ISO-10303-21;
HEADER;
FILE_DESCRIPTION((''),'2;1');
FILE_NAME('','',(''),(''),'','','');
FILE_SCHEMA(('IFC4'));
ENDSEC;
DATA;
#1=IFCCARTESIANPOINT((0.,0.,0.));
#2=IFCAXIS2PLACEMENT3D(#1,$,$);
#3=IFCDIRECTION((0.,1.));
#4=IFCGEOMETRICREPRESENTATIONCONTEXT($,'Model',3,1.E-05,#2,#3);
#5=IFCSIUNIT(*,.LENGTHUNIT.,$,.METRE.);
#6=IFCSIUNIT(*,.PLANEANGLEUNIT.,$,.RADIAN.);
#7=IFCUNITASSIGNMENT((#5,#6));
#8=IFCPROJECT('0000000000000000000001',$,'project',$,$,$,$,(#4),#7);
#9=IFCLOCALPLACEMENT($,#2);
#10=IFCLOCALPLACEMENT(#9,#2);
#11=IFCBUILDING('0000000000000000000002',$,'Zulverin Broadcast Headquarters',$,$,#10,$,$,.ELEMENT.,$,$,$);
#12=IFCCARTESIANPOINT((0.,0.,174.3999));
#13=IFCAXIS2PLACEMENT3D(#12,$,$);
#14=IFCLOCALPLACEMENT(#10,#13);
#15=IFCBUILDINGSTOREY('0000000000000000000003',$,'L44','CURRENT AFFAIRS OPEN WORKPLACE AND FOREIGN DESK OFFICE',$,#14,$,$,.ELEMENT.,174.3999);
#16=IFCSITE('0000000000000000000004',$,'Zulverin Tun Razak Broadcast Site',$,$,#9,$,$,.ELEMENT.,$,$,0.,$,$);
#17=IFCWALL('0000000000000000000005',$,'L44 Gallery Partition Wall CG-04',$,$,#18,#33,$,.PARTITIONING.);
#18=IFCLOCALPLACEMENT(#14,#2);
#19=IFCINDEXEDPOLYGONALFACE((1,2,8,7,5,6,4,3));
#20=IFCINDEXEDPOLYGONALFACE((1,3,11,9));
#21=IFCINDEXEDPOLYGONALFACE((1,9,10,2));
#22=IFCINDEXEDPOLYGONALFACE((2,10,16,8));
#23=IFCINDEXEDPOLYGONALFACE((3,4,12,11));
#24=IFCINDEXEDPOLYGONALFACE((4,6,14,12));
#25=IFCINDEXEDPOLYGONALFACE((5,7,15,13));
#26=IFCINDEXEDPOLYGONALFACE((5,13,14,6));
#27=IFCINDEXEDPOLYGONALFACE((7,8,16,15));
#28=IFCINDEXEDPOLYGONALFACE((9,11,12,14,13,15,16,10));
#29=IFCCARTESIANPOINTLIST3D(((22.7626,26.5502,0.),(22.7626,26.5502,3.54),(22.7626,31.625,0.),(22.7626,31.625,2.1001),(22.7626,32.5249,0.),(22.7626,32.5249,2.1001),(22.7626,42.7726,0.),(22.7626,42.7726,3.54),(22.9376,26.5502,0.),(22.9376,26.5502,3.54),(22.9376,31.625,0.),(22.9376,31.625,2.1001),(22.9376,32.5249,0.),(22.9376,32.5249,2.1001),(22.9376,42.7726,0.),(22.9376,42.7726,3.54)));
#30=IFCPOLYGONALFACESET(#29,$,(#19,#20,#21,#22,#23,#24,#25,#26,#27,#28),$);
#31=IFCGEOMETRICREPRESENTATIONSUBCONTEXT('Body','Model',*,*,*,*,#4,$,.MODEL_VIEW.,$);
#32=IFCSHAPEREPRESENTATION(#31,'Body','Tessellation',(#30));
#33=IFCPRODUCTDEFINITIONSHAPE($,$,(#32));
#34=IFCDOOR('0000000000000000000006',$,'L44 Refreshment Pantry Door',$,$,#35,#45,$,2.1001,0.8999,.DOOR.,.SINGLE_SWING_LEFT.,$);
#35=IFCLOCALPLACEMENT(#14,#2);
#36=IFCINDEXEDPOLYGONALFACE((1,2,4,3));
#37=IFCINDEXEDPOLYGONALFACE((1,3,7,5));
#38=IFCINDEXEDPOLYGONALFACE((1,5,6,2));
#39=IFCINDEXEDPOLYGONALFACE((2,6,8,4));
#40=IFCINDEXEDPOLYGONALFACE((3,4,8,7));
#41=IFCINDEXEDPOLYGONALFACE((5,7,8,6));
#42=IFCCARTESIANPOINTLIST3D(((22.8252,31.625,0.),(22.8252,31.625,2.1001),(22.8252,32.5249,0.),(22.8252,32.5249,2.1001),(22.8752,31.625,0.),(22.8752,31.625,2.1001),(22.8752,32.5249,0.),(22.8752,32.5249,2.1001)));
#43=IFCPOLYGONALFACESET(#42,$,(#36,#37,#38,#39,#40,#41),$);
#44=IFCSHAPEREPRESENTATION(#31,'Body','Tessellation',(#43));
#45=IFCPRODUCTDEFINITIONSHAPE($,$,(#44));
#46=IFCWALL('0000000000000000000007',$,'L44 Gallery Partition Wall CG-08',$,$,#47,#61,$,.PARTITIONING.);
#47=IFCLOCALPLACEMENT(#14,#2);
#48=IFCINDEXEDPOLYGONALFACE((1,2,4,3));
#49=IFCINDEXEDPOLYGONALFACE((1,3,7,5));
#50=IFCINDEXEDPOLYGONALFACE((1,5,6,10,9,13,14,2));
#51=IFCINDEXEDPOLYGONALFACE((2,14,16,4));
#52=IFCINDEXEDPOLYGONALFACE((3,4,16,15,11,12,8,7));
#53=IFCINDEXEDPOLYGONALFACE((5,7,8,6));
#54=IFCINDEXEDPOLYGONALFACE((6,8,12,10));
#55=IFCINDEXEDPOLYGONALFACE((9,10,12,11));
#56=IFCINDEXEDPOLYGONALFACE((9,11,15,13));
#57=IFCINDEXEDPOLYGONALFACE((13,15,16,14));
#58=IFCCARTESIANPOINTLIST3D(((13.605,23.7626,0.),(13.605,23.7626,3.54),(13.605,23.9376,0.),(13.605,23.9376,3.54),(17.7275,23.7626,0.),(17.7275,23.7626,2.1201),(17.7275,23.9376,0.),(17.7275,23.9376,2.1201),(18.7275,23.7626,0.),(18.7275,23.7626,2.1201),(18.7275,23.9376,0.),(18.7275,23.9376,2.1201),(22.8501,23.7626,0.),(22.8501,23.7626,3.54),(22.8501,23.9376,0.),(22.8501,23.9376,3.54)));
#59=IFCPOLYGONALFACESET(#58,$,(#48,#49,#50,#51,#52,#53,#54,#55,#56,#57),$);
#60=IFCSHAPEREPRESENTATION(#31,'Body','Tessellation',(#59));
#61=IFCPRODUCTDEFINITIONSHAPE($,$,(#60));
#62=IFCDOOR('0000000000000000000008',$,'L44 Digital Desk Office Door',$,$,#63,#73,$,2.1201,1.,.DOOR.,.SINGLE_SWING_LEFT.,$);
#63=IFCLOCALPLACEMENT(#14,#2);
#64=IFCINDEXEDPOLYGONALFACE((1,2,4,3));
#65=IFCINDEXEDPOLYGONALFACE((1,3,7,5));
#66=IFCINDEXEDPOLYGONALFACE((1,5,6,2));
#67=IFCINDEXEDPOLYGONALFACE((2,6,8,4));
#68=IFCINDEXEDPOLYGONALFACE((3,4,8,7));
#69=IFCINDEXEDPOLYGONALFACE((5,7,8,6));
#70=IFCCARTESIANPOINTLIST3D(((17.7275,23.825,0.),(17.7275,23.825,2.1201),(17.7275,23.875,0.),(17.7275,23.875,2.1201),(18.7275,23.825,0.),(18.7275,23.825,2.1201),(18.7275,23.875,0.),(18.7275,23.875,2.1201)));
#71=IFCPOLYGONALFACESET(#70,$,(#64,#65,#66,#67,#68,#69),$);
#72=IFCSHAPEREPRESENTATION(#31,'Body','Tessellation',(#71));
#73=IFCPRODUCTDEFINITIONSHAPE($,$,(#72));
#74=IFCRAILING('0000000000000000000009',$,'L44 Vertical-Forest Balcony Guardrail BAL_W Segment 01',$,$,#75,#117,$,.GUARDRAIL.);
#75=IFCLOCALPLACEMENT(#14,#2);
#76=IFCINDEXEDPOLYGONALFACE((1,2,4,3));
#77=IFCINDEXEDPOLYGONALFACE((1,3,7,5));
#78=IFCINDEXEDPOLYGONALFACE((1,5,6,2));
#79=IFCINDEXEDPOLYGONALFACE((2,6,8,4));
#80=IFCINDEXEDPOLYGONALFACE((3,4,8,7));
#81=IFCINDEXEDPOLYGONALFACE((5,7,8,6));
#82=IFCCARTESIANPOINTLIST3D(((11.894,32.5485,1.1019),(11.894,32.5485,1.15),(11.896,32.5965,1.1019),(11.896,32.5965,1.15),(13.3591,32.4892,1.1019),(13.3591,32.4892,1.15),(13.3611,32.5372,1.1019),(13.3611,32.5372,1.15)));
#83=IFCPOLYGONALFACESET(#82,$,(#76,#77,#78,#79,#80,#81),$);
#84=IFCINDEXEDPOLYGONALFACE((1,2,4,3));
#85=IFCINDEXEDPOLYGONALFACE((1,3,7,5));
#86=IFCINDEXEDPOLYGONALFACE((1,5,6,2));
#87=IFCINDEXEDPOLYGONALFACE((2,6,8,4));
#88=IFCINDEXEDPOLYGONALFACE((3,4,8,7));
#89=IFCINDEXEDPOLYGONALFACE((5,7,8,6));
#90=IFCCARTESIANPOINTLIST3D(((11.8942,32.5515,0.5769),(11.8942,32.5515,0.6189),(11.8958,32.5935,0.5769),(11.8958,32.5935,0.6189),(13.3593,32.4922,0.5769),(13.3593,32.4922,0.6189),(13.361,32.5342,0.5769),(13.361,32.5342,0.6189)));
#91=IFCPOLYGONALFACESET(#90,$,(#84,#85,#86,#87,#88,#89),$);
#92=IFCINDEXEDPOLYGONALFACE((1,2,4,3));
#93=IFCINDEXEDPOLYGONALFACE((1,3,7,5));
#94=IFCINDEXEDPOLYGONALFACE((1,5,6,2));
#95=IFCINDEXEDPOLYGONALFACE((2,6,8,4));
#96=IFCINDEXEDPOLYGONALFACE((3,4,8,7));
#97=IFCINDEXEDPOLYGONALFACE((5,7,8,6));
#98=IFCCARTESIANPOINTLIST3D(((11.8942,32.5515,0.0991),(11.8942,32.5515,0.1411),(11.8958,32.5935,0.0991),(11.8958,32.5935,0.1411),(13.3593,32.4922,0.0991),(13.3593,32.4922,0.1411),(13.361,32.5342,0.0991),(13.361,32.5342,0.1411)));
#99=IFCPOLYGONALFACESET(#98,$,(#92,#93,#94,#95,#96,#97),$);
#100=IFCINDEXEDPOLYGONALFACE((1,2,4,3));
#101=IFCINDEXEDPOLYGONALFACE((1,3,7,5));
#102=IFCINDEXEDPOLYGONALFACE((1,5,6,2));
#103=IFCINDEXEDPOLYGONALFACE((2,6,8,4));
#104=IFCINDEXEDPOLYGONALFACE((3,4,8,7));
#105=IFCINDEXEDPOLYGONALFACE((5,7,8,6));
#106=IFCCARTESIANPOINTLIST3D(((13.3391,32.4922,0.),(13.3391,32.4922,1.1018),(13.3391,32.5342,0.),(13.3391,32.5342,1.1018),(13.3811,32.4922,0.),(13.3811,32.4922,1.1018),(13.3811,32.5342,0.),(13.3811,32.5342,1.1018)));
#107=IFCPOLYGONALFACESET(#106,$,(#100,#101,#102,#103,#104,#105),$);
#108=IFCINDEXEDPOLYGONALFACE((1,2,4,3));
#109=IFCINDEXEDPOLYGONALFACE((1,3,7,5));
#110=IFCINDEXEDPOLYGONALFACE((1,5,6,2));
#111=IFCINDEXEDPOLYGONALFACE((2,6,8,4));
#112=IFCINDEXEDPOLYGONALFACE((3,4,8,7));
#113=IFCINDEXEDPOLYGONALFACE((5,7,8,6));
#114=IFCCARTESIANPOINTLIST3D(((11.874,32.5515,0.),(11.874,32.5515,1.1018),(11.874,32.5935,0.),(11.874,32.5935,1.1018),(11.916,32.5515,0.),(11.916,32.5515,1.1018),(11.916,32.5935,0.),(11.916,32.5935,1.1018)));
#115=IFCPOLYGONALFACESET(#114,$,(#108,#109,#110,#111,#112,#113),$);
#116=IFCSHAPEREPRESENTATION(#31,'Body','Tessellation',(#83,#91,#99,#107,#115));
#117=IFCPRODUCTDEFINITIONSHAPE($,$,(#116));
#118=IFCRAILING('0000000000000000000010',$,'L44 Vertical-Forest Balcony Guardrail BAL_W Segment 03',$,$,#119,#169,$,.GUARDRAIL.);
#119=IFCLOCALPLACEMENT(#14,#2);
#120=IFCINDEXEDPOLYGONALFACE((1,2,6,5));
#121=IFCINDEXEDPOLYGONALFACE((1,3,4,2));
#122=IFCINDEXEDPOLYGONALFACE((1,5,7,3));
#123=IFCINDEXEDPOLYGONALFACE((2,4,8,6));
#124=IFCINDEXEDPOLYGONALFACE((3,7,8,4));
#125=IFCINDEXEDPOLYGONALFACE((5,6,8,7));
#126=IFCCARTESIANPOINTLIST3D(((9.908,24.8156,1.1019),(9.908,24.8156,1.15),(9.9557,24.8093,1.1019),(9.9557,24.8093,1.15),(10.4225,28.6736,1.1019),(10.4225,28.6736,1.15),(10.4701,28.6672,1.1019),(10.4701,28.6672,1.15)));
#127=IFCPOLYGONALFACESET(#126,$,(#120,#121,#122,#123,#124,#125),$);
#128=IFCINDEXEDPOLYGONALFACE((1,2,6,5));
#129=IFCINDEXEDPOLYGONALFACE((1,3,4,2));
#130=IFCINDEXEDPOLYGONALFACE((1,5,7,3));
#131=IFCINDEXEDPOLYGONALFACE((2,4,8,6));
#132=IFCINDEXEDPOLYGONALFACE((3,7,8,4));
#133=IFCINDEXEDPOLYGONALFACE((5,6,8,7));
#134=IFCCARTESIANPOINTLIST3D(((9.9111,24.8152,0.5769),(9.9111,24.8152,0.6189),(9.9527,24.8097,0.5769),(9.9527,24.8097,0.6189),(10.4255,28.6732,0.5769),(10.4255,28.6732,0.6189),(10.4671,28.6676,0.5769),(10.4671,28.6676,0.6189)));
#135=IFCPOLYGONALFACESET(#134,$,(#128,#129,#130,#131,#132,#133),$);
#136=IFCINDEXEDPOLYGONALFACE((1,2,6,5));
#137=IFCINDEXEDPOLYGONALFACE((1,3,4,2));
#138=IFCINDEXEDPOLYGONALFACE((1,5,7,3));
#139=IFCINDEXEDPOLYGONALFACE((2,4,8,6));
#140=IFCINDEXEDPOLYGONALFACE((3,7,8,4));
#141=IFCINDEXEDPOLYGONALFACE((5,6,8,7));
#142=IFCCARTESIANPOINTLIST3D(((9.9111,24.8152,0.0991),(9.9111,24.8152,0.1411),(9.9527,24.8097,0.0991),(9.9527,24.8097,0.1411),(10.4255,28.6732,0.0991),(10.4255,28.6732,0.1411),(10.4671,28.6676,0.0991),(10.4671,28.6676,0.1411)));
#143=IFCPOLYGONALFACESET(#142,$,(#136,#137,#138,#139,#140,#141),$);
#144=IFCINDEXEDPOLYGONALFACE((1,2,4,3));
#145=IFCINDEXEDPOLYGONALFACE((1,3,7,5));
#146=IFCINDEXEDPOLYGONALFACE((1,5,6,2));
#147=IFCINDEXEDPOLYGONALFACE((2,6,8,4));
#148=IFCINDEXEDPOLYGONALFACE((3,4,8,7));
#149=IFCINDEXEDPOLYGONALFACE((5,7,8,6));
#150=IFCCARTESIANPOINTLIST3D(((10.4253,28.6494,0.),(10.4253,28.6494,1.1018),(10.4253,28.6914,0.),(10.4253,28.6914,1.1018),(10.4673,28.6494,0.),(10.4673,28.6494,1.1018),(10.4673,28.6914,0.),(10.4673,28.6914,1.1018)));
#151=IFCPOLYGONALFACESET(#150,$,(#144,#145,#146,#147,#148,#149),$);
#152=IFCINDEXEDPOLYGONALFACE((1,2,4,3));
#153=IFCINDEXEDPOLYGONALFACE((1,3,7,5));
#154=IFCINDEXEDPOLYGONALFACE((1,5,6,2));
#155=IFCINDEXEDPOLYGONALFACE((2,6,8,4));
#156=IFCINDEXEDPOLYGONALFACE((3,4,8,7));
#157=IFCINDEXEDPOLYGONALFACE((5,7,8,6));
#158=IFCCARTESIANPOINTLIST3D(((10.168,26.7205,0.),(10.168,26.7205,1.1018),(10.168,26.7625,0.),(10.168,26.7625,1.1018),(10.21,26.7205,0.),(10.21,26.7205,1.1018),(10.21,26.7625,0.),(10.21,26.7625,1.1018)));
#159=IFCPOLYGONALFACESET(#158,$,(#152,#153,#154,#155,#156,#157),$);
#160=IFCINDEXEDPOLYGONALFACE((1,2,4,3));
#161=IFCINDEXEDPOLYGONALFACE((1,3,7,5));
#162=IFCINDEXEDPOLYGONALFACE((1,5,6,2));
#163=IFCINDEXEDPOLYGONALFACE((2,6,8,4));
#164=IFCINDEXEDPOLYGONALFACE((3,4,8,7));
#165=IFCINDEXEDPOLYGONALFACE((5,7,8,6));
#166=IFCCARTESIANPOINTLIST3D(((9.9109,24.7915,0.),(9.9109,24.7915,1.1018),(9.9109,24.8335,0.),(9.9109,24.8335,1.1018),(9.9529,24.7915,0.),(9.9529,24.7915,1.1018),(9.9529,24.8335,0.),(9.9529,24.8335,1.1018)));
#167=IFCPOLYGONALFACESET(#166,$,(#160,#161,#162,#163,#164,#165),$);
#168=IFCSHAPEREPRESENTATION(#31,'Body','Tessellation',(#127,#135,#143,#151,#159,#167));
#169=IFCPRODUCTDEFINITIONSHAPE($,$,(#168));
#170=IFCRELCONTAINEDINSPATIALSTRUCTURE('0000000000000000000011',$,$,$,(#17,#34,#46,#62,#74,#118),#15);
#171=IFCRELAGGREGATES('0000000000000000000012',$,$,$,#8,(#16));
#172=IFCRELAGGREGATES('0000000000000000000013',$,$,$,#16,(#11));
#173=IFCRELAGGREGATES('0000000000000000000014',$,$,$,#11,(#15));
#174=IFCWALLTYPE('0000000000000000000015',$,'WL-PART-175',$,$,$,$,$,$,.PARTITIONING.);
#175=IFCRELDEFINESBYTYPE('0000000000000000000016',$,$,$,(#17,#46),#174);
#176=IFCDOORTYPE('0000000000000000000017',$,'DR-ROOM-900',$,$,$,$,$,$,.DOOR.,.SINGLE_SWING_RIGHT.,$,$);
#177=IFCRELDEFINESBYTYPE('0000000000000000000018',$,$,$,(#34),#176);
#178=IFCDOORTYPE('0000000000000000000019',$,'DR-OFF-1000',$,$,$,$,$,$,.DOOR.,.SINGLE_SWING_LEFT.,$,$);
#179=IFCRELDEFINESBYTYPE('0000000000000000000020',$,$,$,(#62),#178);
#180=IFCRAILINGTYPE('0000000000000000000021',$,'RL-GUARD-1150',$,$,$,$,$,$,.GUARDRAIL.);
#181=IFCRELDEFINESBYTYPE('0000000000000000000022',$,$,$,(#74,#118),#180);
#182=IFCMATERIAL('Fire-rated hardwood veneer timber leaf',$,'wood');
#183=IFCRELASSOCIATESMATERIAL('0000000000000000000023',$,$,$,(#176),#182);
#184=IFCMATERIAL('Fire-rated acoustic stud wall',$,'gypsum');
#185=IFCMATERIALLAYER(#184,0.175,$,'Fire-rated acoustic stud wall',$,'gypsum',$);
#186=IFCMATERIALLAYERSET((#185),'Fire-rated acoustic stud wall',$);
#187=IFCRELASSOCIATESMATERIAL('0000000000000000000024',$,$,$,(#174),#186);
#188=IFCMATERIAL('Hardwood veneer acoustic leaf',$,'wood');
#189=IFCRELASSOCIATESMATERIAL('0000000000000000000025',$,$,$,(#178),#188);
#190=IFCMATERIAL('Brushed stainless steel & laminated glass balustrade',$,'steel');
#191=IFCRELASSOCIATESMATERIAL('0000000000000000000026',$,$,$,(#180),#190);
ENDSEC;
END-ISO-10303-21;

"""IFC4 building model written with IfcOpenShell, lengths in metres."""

from ifc_helpers import new_model, si_unit, direction, frame, frame_2d, origin, origin_2d, place, context, subcontext, project, spatial, rectangle, extrude, material, layer, layer_set, type_object, element, fill, save


model = new_model("IFC4")

# Units and contexts
model_context = context("Model", 3, precision=1e-05, world=origin(), true_north=direction((0.0, 1.0)))
body_context = subcontext(model_context, "Body", "Model", "MODEL_VIEW")
ifc_project = project(units=[si_unit("LENGTHUNIT", "METRE"), si_unit("PLANEANGLEUNIT", "RADIAN")], contexts=[model_context])

# Site, building, storey
site_placement = place(None, origin())
site = spatial("IfcSite", under=ifc_project, at=site_placement, Name="Zulverin Tun Razak Broadcast Site", CompositionType="ELEMENT", RefElevation=0.0)
building_placement = place(site_placement, origin())
building = spatial("IfcBuilding", under=site, at=building_placement, Name="Zulverin Broadcast Headquarters", CompositionType="ELEMENT")
storey_placement = place(building_placement, frame((0.0, 0.0, 174.3999)))
storey = spatial("IfcBuildingStorey", under=building, at=storey_placement, Name="L44", Description="CURRENT AFFAIRS OPEN WORKPLACE AND FOREIGN DESK OFFICE", CompositionType="ELEMENT", Elevation=174.3999)

# Walls, openings, doors
ifc_material_1 = material(Name="Fire-rated hardwood veneer timber leaf", Category="wood")
door_type_1 = type_object("IfcDoorType", Name="DR-ROOM-900", OperationType="SINGLE_SWING_RIGHT", PredefinedType="DOOR", material=ifc_material_1)
ifc_material_2 = material(Name="Fire-rated acoustic stud wall", Category="gypsum")
ifc_layer_1 = layer(ifc_material_2, 0.175, Name="Fire-rated acoustic stud wall", Category="gypsum")
ifc_layer_set_1 = layer_set([ifc_layer_1], Name="Fire-rated acoustic stud wall")
wall_type_1 = type_object("IfcWallType", Name="WL-PART-175", PredefinedType="PARTITIONING", material=ifc_layer_set_1)
wall_1_placement = place(storey_placement, frame((22.8501, 26.55, 0.0), z_axis=(0.0, 0.0, 1.0), x_axis=(0.0, 1.0, 0.0)))
wall_1 = element("IfcWall", 1, at=wall_1_placement, inside=storey, type_object=wall_type_1, Name="L44 Gallery Partition Wall CG-04", PredefinedType="PARTITIONING", context=body_context, shape_type="SweptSolid", body=[
    extrude(rectangle(XDim=16.2224, YDim=0.175, at=frame_2d((8.1113, 0.0))), origin(), (0.0, 0.0, 1.0), 3.54),
])
opening_1_placement = place(wall_1_placement, frame((5.075, 0.0, 0.0)))
opening_1 = element("IfcOpeningElement", 2, at=opening_1_placement, cuts=wall_1, PredefinedType="OPENING", context=body_context, shape_type="SweptSolid", body=[
    extrude(rectangle(XDim=0.8999, YDim=2.1001, at=frame_2d((0.45, 1.05))), frame((0.0, 0.0974, 0.0), z_axis=(0.0, -1.0, 0.0), x_axis=(1.0, 0.0, 0.0)), (0.0, 0.0, 1.0), 0.1951),
])
door_1_placement = place(opening_1_placement, origin())
door_1 = element("IfcDoor", 3, at=door_1_placement, inside=storey, type_object=door_type_1, Name="L44 Refreshment Pantry Door", OperationType="SINGLE_SWING_LEFT", OverallHeight=2.1001, OverallWidth=0.8999, PredefinedType="DOOR", context=body_context, shape_type="SweptSolid", body=[
    extrude(rectangle(XDim=0.8999, YDim=2.1001, at=frame_2d((0.45, 1.05))), frame((0.0, 0.0249, 0.0), z_axis=(0.0, -1.0, 0.0), x_axis=(1.0, 0.0, 0.0)), (0.0, 0.0, 1.0), 0.05),
])
fill(opening_1, door_1)
wall_2_placement = place(storey_placement, frame((13.605, 23.8501, 0.0), z_axis=(0.0, 0.0, 1.0), x_axis=(1.0, 0.0, 0.0)))
wall_2 = element("IfcWall", 4, at=wall_2_placement, inside=storey, type_object=wall_type_1, Name="L44 Gallery Partition Wall CG-08", PredefinedType="PARTITIONING", context=body_context, shape_type="SweptSolid", body=[
    extrude(rectangle(XDim=9.2451, YDim=0.175, at=frame_2d((4.6226, 0.0))), origin(), (0.0, 0.0, 1.0), 3.54),
])
opening_2_placement = place(wall_2_placement, frame((4.1226, 0.0, 0.0)))
opening_2 = element("IfcOpeningElement", 5, at=opening_2_placement, cuts=wall_2, PredefinedType="OPENING", context=body_context, shape_type="SweptSolid", body=[
    extrude(rectangle(XDim=1.0, YDim=2.1201, at=frame_2d((0.5, 1.0601))), frame((0.0, 0.0974, 0.0), z_axis=(0.0, -1.0, 0.0), x_axis=(1.0, 0.0, 0.0)), (0.0, 0.0, 1.0), 0.1951),
])
ifc_material_3 = material(Name="Hardwood veneer acoustic leaf", Category="wood")
door_type_2 = type_object("IfcDoorType", Name="DR-OFF-1000", OperationType="SINGLE_SWING_LEFT", PredefinedType="DOOR", material=ifc_material_3)
door_2_placement = place(opening_2_placement, origin())
door_2 = element("IfcDoor", 6, at=door_2_placement, inside=storey, type_object=door_type_2, Name="L44 Digital Desk Office Door", OperationType="SINGLE_SWING_LEFT", OverallHeight=2.1201, OverallWidth=1.0, PredefinedType="DOOR", context=body_context, shape_type="SweptSolid", body=[
    extrude(rectangle(XDim=1.0, YDim=2.1201, at=frame_2d((0.5, 1.0601))), frame((0.0, 0.0249, 0.0), z_axis=(0.0, -1.0, 0.0), x_axis=(1.0, 0.0, 0.0)), (0.0, 0.0, 1.0), 0.05),
])
fill(opening_2, door_2)

# Railings
ifc_material_4 = material(Name="Brushed stainless steel & laminated glass balustrade", Category="steel")
railing_type = type_object("IfcRailingType", Name="RL-GUARD-1150", PredefinedType="GUARDRAIL", material=ifc_material_4)
railing_1_placement = place(storey_placement, frame((13.3601, 32.5132, 0.0)))
element("IfcRailing", 7, at=railing_1_placement, inside=storey, type_object=railing_type, Name="L44 Vertical-Forest Balcony Guardrail BAL_W Segment 01", PredefinedType="GUARDRAIL", context=body_context, shape_type="SweptSolid", body=[
    extrude(rectangle(XDim=0.0481, YDim=0.0481, at=origin_2d()), frame((0.0, 0.0, 1.126), z_axis=(-0.999181, 0.04046, 0.0), x_axis=(-0.04046, -0.999181, 0.0)), (0.0, 0.0, 1.0), 1.4663),
    extrude(rectangle(XDim=0.042, YDim=0.042, at=origin_2d()), frame((0.0, 0.0, 0.5979), z_axis=(-0.999181, 0.04046, 0.0), x_axis=(-0.04046, -0.999181, 0.0)), (0.0, 0.0, 1.0), 1.4663),
    extrude(rectangle(XDim=0.042, YDim=0.042, at=origin_2d()), frame((0.0, 0.0, 0.1201), z_axis=(-0.999181, 0.04046, 0.0), x_axis=(-0.04046, -0.999181, 0.0)), (0.0, 0.0, 1.0), 1.4663),
    extrude(rectangle(XDim=0.042, YDim=0.042, at=origin_2d()), origin(), (0.0, 0.0, 1.0), 1.1018),
    extrude(rectangle(XDim=0.042, YDim=0.042, at=origin_2d()), frame((-1.4651, 0.0593, 0.0)), (0.0, 0.0, 1.0), 1.1018),
])
railing_2_placement = place(storey_placement, frame((10.4463, 28.6704, 0.0)))
element("IfcRailing", 8, at=railing_2_placement, inside=storey, type_object=railing_type, Name="L44 Vertical-Forest Balcony Guardrail BAL_W Segment 03", PredefinedType="GUARDRAIL", context=body_context, shape_type="SweptSolid", body=[
    extrude(rectangle(XDim=0.0481, YDim=0.0481, at=origin_2d()), frame((0.0, 0.0, 1.126), z_axis=(-0.132168, -0.991227, 0.0), x_axis=(0.991227, -0.132168, 0.0)), (0.0, 0.0, 1.0), 3.8921),
    extrude(rectangle(XDim=0.042, YDim=0.042, at=origin_2d()), frame((0.0, 0.0, 0.5979), z_axis=(-0.132168, -0.991227, 0.0), x_axis=(0.991227, -0.132168, 0.0)), (0.0, 0.0, 1.0), 3.8921),
    extrude(rectangle(XDim=0.042, YDim=0.042, at=origin_2d()), frame((0.0, 0.0, 0.1201), z_axis=(-0.132168, -0.991227, 0.0), x_axis=(0.991227, -0.132168, 0.0)), (0.0, 0.0, 1.0), 3.8921),
    extrude(rectangle(XDim=0.042, YDim=0.042, at=origin_2d()), origin(), (0.0, 0.0, 1.0), 1.1018),
    extrude(rectangle(XDim=0.042, YDim=0.042, at=origin_2d()), frame((-0.2573, -1.929, 0.0)), (0.0, 0.0, 1.0), 1.1018),
    extrude(rectangle(XDim=0.042, YDim=0.042, at=origin_2d()), frame((-0.5144, -3.8579, 0.0)), (0.0, 0.0, 1.0), 1.1018),
])

save(model, "model.ifc")
